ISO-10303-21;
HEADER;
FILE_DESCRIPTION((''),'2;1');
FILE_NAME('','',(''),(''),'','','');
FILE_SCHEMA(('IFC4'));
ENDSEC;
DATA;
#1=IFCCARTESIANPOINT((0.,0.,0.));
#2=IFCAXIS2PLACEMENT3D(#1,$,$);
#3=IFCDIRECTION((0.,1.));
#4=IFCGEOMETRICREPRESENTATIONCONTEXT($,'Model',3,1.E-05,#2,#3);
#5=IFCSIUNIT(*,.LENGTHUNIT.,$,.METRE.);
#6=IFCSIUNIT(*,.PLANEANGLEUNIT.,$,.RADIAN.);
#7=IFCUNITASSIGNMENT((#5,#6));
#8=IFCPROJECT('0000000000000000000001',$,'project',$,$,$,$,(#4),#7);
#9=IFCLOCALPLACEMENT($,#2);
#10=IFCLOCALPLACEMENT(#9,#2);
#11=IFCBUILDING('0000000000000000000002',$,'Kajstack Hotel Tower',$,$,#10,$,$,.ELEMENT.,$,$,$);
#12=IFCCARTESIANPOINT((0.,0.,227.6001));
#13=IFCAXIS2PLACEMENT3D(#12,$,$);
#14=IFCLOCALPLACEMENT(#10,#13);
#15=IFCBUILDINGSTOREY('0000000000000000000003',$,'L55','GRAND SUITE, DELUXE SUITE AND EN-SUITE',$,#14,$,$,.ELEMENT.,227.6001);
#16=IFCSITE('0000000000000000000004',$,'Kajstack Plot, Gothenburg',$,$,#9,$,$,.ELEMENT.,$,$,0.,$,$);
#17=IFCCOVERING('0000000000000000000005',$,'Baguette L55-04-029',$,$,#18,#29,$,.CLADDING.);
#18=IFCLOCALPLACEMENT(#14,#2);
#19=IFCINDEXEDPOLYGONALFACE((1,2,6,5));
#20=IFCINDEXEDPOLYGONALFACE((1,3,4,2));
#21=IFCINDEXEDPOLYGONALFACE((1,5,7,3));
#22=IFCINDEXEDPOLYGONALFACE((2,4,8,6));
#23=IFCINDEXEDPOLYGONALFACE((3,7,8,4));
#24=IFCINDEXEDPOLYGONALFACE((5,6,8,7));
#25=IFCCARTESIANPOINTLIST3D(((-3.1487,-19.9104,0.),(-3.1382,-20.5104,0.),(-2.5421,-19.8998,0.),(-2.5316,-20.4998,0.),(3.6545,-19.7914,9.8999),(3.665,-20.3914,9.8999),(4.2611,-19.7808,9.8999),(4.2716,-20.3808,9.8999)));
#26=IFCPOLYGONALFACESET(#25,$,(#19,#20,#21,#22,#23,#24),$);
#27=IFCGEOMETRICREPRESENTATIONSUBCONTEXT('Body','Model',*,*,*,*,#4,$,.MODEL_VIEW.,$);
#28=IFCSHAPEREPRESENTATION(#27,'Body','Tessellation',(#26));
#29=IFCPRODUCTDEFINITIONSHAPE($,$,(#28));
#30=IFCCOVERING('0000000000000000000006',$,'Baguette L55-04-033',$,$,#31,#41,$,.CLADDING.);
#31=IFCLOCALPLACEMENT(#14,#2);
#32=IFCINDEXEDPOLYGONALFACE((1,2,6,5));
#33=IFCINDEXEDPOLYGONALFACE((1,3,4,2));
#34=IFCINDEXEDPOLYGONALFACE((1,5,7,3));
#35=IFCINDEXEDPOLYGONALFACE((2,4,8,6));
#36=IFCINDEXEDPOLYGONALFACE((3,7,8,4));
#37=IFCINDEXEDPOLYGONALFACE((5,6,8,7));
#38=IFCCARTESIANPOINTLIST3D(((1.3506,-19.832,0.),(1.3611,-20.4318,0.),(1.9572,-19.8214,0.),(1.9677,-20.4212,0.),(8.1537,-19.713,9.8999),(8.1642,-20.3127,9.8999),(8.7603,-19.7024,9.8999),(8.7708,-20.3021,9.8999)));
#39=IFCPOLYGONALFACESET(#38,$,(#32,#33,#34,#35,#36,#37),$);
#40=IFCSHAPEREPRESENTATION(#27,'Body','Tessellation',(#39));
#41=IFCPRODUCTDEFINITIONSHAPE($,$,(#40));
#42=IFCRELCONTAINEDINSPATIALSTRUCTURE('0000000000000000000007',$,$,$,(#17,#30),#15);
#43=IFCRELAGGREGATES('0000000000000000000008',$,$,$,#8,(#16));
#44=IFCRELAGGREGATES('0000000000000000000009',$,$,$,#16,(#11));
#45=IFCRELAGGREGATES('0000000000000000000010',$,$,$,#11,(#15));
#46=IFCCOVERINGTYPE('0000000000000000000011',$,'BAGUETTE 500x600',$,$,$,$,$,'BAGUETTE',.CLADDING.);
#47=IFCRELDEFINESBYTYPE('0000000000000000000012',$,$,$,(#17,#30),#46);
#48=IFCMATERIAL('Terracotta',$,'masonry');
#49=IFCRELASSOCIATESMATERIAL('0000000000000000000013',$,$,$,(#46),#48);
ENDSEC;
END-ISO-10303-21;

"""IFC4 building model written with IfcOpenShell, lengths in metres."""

from ifc_helpers import new_model, si_unit, direction, frame, origin, origin_2d, place, context, subcontext, project, spatial, polyline, rectangle, outline, extrude, material, material_profile, profile_set, type_object, element, save


model = new_model("IFC4")

# Units and contexts
model_context = context("Model", 3, precision=1e-05, world=origin(), true_north=direction((0.0, 1.0)))
body_context = subcontext(model_context, "Body", "Model", "MODEL_VIEW")
ifc_project = project(units=[si_unit("LENGTHUNIT", "METRE"), si_unit("PLANEANGLEUNIT", "RADIAN")], contexts=[model_context])

# Site, building, storey
site_placement = place(None, origin())
site = spatial("IfcSite", under=ifc_project, at=site_placement, Name="Kajstack Plot, Gothenburg", CompositionType="ELEMENT", RefElevation=0.0)
building_placement = place(site_placement, origin())
building = spatial("IfcBuilding", under=site, at=building_placement, Name="Kajstack Hotel Tower", CompositionType="ELEMENT")
storey_placement = place(building_placement, frame((0.0, 0.0, 227.6001)))
storey = spatial("IfcBuildingStorey", under=building, at=storey_placement, Name="L55", Description="GRAND SUITE, DELUXE SUITE AND EN-SUITE", CompositionType="ELEMENT", Elevation=227.6001)

# Coverings
ifc_material_1 = material(Name="Terracotta", Category="masonry")
ifc_material_profile = material_profile(ifc_material_1, rectangle(XDim=0.6001, YDim=0.5, at=origin_2d()), Name="Terracotta-clad concrete baguette 500 x 600")
ifc_profile_set = profile_set([ifc_material_profile], Name="Terracotta")
covering_type = type_object("IfcCoveringType", Name="BAGUETTE 500x600", ElementType="BAGUETTE", PredefinedType="CLADDING", material=ifc_profile_set)
covering_1_placement = place(storey_placement, frame((-3.1487, -19.9104, 0.0), z_axis=(0.017491, -0.999847, 0.0), x_axis=(0.999847, 0.017491, 0.0)))
element("IfcCovering", 1, at=covering_1_placement, inside=storey, type_object=covering_type, Name="Baguette L55-04-029", PredefinedType="CLADDING", context=body_context, shape_type="SweptSolid", body=[
    extrude(outline(polyline([(6.8042, 9.8999), (0.0, 0.0), (0.6067, 0.0), (7.4109, 9.8999), (6.8042, 9.8999)])), origin(), (0.0, 0.0, 1.0), 0.6001),
])
covering_2_placement = place(storey_placement, frame((1.3506, -19.832, 0.0), z_axis=(0.017498, -0.999847, 0.0), x_axis=(0.999847, 0.017498, 0.0)))
element("IfcCovering", 2, at=covering_2_placement, inside=storey, type_object=covering_type, Name="Baguette L55-04-033", PredefinedType="CLADDING", context=body_context, shape_type="SweptSolid", body=[
    extrude(outline(polyline([(6.8042, 9.8999), (0.0, 0.0), (0.6067, 0.0), (7.4109, 9.8999), (6.8042, 9.8999)])), origin(), (0.0, 0.0, 1.0), 0.5999),
])

save(model, "model.ifc")
